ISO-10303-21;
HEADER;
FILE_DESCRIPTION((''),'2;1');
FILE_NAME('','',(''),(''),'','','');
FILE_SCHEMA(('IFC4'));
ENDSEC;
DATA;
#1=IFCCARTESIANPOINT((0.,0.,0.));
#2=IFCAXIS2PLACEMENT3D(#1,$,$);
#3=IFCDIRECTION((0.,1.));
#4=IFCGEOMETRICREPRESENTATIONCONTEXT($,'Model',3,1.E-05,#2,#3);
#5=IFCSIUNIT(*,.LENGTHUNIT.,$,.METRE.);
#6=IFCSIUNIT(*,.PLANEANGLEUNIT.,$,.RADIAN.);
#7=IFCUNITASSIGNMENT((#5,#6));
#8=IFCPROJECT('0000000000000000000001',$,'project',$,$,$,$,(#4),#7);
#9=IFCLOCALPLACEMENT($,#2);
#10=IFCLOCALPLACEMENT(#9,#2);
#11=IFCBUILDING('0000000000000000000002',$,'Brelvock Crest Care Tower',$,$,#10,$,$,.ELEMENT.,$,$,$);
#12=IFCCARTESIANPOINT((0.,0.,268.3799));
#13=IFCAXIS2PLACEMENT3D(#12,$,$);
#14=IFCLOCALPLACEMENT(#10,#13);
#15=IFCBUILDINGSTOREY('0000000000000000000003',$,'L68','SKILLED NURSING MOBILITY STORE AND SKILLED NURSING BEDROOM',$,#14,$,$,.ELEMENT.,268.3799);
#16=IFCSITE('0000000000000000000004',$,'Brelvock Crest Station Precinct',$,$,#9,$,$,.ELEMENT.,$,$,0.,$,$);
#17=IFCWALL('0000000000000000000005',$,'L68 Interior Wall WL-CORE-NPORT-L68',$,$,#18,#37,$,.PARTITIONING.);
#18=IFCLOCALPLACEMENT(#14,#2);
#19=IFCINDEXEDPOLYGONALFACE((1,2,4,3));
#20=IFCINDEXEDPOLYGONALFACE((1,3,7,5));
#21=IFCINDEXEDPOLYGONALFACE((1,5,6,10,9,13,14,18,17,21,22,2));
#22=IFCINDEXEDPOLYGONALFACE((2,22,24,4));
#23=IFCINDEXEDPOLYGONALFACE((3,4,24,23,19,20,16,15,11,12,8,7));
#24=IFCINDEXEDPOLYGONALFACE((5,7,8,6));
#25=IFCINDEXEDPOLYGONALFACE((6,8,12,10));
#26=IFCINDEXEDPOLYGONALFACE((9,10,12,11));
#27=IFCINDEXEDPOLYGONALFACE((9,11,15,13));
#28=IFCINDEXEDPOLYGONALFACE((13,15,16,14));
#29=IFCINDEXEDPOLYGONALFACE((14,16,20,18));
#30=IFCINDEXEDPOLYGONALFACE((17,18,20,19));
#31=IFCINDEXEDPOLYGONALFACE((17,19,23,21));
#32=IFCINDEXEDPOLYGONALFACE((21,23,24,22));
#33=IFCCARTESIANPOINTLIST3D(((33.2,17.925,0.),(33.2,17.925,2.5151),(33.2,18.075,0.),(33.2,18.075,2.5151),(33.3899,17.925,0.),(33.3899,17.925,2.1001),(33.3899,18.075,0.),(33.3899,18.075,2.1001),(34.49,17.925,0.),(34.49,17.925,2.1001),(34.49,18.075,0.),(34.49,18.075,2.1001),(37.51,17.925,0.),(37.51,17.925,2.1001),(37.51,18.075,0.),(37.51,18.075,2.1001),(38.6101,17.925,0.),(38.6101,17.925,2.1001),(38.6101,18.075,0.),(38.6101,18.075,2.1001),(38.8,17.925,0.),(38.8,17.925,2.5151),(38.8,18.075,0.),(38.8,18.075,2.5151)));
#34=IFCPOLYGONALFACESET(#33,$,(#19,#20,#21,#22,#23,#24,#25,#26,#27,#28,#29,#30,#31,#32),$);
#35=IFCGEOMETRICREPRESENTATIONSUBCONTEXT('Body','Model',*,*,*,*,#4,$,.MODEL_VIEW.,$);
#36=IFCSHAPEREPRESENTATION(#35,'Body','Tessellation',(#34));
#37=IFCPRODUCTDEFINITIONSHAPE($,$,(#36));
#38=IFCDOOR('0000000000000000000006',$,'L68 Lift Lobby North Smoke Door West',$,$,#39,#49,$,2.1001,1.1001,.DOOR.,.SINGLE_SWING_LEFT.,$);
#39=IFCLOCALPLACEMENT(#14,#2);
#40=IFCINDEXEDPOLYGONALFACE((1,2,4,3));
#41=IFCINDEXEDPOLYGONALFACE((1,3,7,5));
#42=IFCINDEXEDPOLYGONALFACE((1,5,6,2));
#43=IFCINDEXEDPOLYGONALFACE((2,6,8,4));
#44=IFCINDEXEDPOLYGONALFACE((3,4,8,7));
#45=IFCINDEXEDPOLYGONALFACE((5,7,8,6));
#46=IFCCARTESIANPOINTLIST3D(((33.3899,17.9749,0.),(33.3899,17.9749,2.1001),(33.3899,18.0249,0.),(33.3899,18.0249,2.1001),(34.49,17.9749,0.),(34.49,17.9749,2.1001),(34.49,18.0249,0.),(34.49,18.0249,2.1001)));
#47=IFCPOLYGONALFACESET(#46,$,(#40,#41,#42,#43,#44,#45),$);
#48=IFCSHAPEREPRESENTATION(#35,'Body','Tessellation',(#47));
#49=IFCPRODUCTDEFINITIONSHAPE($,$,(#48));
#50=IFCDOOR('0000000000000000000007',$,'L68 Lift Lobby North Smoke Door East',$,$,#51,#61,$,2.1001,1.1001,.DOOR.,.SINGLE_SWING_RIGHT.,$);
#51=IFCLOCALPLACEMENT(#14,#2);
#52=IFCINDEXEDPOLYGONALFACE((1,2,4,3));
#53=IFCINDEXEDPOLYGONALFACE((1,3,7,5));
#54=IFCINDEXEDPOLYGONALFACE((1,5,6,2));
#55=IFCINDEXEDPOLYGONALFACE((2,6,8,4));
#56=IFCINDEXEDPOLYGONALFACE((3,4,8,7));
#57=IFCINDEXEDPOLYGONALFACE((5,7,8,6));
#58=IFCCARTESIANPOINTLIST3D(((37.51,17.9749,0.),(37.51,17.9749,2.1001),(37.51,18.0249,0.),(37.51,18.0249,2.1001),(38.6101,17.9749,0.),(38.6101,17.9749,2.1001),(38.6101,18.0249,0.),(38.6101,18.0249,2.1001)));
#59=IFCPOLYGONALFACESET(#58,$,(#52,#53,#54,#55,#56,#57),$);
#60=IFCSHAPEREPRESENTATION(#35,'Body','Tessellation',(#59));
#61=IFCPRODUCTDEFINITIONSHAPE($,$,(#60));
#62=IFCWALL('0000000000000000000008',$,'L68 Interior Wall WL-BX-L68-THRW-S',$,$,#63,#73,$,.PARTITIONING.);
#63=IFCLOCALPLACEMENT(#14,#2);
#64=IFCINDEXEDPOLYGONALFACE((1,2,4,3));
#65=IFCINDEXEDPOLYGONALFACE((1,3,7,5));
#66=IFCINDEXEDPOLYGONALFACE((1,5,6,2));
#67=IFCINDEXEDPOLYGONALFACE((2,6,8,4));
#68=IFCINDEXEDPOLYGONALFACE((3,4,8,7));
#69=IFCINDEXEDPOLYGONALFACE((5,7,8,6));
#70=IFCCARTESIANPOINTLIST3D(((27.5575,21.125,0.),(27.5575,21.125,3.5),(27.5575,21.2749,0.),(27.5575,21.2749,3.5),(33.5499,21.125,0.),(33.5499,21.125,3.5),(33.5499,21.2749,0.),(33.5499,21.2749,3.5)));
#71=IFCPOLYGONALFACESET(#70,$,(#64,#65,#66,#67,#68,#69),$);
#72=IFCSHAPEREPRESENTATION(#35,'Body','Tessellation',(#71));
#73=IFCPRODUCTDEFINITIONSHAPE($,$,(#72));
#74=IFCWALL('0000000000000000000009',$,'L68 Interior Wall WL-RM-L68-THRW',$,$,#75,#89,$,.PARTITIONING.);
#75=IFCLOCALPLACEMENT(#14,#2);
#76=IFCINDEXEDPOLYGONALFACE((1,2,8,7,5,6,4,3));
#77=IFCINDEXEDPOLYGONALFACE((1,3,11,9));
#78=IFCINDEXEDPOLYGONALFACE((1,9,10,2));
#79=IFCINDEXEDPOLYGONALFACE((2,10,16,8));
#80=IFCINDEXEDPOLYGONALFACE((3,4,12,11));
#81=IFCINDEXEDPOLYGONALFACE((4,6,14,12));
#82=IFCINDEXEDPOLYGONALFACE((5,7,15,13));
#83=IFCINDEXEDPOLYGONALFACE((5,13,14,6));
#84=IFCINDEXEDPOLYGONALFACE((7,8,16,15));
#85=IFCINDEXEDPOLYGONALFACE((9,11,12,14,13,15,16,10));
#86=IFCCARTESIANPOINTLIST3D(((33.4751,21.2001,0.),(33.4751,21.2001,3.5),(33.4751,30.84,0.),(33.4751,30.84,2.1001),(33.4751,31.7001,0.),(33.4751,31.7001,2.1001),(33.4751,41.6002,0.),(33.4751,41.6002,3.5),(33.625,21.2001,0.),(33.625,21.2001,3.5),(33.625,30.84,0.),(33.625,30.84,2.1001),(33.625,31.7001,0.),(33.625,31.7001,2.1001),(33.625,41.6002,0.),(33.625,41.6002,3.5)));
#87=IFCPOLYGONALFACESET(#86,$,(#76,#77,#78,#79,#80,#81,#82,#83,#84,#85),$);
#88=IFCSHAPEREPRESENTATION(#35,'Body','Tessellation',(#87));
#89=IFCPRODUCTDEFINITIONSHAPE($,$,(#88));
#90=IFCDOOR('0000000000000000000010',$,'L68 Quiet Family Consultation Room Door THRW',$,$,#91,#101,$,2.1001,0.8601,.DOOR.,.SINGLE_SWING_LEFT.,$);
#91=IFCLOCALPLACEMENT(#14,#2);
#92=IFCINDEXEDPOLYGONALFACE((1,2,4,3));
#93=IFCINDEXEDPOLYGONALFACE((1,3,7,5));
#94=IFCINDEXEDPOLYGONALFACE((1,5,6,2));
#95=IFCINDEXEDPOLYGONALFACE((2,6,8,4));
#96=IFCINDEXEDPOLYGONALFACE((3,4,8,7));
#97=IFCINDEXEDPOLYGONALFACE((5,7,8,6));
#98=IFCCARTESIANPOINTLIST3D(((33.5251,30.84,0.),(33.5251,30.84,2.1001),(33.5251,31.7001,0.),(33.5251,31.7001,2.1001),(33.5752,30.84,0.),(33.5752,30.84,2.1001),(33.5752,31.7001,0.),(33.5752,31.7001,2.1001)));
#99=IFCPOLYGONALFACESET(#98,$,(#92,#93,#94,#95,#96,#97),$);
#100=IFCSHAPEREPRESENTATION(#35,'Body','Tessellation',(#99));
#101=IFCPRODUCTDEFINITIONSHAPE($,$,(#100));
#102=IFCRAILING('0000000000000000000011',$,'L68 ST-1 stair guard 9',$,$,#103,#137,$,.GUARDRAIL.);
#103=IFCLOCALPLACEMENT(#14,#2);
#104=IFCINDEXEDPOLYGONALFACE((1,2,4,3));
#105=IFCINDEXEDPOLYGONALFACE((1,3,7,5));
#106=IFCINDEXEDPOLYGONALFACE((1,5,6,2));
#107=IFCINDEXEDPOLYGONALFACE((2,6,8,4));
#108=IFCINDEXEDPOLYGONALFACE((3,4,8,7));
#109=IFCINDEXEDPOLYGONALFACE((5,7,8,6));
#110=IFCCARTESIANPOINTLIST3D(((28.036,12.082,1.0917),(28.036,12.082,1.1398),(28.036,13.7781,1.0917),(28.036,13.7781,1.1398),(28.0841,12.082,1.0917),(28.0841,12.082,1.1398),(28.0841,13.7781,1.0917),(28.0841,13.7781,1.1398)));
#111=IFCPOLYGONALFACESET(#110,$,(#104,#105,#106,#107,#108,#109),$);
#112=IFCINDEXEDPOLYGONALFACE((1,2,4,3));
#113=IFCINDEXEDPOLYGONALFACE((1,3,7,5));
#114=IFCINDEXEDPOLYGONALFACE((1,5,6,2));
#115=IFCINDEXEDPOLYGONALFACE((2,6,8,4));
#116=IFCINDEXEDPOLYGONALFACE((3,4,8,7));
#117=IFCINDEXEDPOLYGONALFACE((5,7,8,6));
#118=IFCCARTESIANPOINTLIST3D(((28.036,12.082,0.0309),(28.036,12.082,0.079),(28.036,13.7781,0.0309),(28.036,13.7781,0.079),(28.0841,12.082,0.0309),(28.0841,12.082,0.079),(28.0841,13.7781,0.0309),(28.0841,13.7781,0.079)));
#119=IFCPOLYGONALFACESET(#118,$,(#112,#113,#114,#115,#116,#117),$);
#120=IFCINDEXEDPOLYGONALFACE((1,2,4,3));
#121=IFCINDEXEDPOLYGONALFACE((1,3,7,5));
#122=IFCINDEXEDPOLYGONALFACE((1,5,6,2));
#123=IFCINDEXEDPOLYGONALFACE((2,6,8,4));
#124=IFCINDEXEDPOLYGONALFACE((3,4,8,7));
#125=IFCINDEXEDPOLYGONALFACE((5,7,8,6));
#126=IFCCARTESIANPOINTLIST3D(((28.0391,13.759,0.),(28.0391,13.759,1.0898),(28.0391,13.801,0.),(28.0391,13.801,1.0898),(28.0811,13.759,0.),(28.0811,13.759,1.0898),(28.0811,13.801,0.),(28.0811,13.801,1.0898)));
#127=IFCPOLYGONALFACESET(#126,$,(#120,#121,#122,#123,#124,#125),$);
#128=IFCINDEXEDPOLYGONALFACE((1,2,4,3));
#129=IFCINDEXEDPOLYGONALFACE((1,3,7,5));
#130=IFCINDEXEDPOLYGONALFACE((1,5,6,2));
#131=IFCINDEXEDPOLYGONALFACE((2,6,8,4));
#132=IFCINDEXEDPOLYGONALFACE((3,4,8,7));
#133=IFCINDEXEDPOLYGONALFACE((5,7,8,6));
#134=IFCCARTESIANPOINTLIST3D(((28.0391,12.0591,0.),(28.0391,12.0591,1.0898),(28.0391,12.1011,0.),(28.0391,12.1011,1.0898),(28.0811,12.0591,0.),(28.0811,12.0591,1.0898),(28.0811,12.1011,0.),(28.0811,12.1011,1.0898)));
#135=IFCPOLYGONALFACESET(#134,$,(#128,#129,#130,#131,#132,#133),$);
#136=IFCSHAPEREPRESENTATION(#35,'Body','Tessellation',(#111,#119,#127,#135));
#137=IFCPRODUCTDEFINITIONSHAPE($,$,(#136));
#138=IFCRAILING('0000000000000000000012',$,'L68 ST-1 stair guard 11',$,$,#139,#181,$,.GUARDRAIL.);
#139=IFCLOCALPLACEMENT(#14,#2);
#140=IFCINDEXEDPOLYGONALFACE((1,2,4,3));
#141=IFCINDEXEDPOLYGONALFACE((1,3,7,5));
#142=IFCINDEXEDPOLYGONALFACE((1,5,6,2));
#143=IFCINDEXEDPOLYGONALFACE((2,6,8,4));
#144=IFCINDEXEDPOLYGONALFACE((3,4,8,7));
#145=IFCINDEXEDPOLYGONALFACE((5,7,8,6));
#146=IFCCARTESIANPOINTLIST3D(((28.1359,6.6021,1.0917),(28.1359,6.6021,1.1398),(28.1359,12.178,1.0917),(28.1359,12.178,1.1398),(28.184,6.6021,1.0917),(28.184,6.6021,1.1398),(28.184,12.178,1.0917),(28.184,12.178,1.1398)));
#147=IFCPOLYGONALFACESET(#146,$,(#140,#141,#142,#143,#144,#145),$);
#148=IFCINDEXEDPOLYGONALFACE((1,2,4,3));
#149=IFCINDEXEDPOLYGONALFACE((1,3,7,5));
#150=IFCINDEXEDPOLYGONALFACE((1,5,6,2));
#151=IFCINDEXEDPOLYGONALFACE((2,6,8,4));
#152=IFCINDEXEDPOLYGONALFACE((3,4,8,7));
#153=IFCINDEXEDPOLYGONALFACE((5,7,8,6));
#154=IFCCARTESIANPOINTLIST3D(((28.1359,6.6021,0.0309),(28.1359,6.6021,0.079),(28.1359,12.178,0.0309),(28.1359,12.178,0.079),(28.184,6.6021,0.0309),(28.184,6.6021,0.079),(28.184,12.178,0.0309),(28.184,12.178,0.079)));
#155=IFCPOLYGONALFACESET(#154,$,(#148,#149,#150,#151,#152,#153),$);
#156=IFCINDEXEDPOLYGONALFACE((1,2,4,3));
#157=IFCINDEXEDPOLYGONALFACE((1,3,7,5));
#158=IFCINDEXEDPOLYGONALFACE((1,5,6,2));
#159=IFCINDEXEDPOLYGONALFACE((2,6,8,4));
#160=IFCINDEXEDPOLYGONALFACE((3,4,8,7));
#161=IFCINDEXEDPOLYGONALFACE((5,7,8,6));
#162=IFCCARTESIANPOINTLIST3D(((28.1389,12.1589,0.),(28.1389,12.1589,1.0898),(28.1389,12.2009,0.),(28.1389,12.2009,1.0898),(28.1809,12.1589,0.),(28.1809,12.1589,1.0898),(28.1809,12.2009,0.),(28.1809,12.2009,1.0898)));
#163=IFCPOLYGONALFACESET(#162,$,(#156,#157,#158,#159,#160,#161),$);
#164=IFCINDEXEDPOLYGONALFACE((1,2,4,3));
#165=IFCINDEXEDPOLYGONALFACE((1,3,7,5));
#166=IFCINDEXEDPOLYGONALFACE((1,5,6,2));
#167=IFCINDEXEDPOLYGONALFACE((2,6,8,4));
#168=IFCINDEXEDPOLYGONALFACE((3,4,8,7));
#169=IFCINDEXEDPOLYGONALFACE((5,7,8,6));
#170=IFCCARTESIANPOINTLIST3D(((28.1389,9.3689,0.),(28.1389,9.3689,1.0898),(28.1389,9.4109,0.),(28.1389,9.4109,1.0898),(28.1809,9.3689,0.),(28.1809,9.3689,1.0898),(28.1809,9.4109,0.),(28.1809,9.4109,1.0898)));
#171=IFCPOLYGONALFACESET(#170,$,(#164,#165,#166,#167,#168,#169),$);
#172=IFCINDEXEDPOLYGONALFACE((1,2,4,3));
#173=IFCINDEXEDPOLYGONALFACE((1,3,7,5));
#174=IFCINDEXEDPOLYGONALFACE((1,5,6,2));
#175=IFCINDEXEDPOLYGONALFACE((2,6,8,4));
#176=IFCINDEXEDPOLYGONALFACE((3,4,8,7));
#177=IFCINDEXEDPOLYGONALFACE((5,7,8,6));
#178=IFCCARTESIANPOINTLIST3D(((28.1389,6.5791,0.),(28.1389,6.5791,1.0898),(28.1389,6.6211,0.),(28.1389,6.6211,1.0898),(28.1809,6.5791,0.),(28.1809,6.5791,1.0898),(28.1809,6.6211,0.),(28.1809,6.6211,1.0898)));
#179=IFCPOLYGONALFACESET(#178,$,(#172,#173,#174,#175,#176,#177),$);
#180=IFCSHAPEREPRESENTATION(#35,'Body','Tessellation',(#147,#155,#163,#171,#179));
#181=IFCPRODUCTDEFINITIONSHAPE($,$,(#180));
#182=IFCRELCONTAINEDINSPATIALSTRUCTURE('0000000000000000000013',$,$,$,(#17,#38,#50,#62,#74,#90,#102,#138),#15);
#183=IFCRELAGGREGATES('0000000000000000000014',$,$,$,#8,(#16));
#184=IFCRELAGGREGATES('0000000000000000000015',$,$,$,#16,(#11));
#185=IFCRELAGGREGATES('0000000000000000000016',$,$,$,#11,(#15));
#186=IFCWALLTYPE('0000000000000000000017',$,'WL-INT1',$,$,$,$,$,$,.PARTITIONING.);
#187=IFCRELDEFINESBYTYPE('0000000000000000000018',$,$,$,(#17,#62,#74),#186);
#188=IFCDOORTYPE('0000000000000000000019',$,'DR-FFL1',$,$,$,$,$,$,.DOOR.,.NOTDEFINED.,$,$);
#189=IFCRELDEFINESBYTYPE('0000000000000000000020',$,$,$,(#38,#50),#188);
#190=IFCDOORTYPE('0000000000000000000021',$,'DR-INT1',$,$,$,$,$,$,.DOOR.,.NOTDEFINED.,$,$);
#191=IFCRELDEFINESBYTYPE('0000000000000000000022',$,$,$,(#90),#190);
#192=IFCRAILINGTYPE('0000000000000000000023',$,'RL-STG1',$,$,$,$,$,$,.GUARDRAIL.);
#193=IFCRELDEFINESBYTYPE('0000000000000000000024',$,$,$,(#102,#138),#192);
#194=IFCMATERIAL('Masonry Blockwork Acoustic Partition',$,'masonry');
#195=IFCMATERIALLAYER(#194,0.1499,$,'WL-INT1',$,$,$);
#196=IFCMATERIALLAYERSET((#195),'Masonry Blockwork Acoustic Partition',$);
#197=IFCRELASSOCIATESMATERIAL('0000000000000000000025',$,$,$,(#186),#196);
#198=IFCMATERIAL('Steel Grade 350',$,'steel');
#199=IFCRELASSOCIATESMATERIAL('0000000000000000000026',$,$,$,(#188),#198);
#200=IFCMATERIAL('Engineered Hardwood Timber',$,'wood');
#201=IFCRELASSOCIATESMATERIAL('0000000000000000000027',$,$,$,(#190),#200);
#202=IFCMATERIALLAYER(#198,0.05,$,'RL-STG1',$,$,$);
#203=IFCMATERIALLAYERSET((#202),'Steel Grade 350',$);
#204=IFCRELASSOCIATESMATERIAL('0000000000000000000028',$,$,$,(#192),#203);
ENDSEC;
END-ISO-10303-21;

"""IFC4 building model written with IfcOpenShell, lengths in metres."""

from ifc_helpers import new_model, si_unit, direction, frame, frame_2d, origin, origin_2d, place, context, subcontext, project, spatial, rectangle, extrude, source, transform, mapped, material, layer, layer_set, type_object, element, fill, save


model = new_model("IFC4")

# Units and contexts
model_context = context("Model", 3, precision=1e-05, world=origin(), true_north=direction((0.0, 1.0)))
body_context = subcontext(model_context, "Body", "Model", "MODEL_VIEW")
ifc_project = project(units=[si_unit("LENGTHUNIT", "METRE"), si_unit("PLANEANGLEUNIT", "RADIAN")], contexts=[model_context])

# Site, building, storey
site_placement = place(None, origin())
site = spatial("IfcSite", under=ifc_project, at=site_placement, Name="Brelvock Crest Station Precinct", CompositionType="ELEMENT", RefElevation=0.0)
building_placement = place(site_placement, origin())
building = spatial("IfcBuilding", under=site, at=building_placement, Name="Brelvock Crest Care Tower", CompositionType="ELEMENT")
storey_placement = place(building_placement, frame((0.0, 0.0, 268.3799)))
storey = spatial("IfcBuildingStorey", under=building, at=storey_placement, Name="L68", Description="SKILLED NURSING MOBILITY STORE AND SKILLED NURSING BEDROOM", CompositionType="ELEMENT", Elevation=268.3799)

# Shared definitions
ifc_material_1 = material(Name="Steel Grade 350", Category="steel")

# Shared definitions
ifc_material_2 = material(Name="Masonry Blockwork Acoustic Partition", Category="masonry")
ifc_layer_1 = layer(ifc_material_2, 0.1499, Name="WL-INT1")
ifc_layer_set_1 = layer_set([ifc_layer_1], Name="Masonry Blockwork Acoustic Partition")
wall_type = type_object("IfcWallType", Name="WL-INT1", PredefinedType="PARTITIONING", material=ifc_layer_set_1)

# Wall, openings, doors
wall_1_placement = place(storey_placement, frame((33.2, 18.0, 0.0), z_axis=(0.0, 0.0, 1.0), x_axis=(1.0, 0.0, 0.0)))
wall_1 = element("IfcWall", 1, at=wall_1_placement, inside=storey, type_object=wall_type, Name="L68 Interior Wall WL-CORE-NPORT-L68", PredefinedType="PARTITIONING", context=body_context, shape_type="SweptSolid", body=[
    extrude(rectangle(XDim=5.6001, YDim=0.1499, at=frame_2d((2.8, 0.0))), origin(), (0.0, 0.0, 1.0), 2.5151),
])
opening_1_placement = place(wall_1_placement, frame((0.1899, 0.0, 0.0)))
opening_1 = element("IfcOpeningElement", 2, at=opening_1_placement, cuts=wall_1, PredefinedType="OPENING", context=body_context, shape_type="SweptSolid", body=[
    extrude(rectangle(XDim=1.1001, YDim=2.1001, at=origin_2d()), frame((0.55, 0.085, 1.05), z_axis=(0.0, -1.0, 0.0), x_axis=(1.0, 0.0, 0.0)), (0.0, 0.0, 1.0), 0.1699),
])
opening_2_placement = place(wall_1_placement, frame((4.3101, 0.0, 0.0)))
opening_2 = element("IfcOpeningElement", 3, at=opening_2_placement, cuts=wall_1, PredefinedType="OPENING", context=body_context, shape_type="SweptSolid", body=[
    extrude(rectangle(XDim=1.1001, YDim=2.1001, at=origin_2d()), frame((0.55, 0.085, 1.05), z_axis=(0.0, -1.0, 0.0), x_axis=(1.0, 0.0, 0.0)), (0.0, 0.0, 1.0), 0.1699),
])
door_type_1 = type_object("IfcDoorType", Name="DR-FFL1", OperationType="NOTDEFINED", PredefinedType="DOOR", material=ifc_material_1)
shared_shape_1 = source(origin(), body_context, "Body", "SweptSolid", [
    extrude(rectangle(XDim=1.1001, YDim=2.1001, at=origin_2d()), frame((0.55, 0.0249, 1.05), z_axis=(0.0, -1.0, 0.0), x_axis=(1.0, 0.0, 0.0)), (0.0, 0.0, 1.0), 0.05),
])
door_1_placement = place(opening_1_placement, origin())
door_1 = element("IfcDoor", 4, at=door_1_placement, inside=storey, type_object=door_type_1, Name="L68 Lift Lobby North Smoke Door West", OperationType="SINGLE_SWING_LEFT", OverallHeight=2.1001, OverallWidth=1.1001, PredefinedType="DOOR", context=body_context, shape_type="MappedRepresentation", body=[
    mapped(shared_shape_1, transform((0.0, 0.0, 0.0), x_axis=(1.0, 0.0, 0.0), y_axis=(0.0, 1.0, 0.0), z_axis=(0.0, 0.0, 1.0), scale=1.0)),
])
fill(opening_1, door_1)
door_2_placement = place(opening_2_placement, origin())
door_2 = element("IfcDoor", 5, at=door_2_placement, inside=storey, type_object=door_type_1, Name="L68 Lift Lobby North Smoke Door East", OperationType="SINGLE_SWING_RIGHT", OverallHeight=2.1001, OverallWidth=1.1001, PredefinedType="DOOR", context=body_context, shape_type="MappedRepresentation", body=[
    mapped(shared_shape_1, transform((0.0, 0.0, 0.0), x_axis=(1.0, 0.0, 0.0), y_axis=(0.0, 1.0, 0.0), z_axis=(0.0, 0.0, 1.0), scale=1.0)),
])
fill(opening_2, door_2)

# Wall
wall_2_placement = place(storey_placement, frame((27.5576, 21.2, 0.0), z_axis=(0.0, 0.0, 1.0), x_axis=(1.0, 0.0, 0.0)))
element("IfcWall", 6, at=wall_2_placement, inside=storey, type_object=wall_type, Name="L68 Interior Wall WL-BX-L68-THRW-S", PredefinedType="PARTITIONING", context=body_context, shape_type="SweptSolid", body=[
    extrude(rectangle(XDim=5.9924, YDim=0.1499, at=frame_2d((2.9961, 0.0))), origin(), (0.0, 0.0, 1.0), 3.5),
])

# Wall, opening, door
wall_3_placement = place(storey_placement, frame((33.55, 21.2, 0.0), z_axis=(0.0, 0.0, 1.0), x_axis=(0.0, 1.0, 0.0)))
wall_3 = element("IfcWall", 7, at=wall_3_placement, inside=storey, type_object=wall_type, Name="L68 Interior Wall WL-RM-L68-THRW", PredefinedType="PARTITIONING", context=body_context, shape_type="SweptSolid", body=[
    extrude(rectangle(XDim=20.4001, YDim=0.1499, at=frame_2d((10.2002, 0.0))), origin(), (0.0, 0.0, 1.0), 3.5),
])
opening_3_placement = place(wall_3_placement, frame((9.6399, 0.0, 0.0)))
opening_3 = element("IfcOpeningElement", 8, at=opening_3_placement, cuts=wall_3, PredefinedType="OPENING", context=body_context, shape_type="SweptSolid", body=[
    extrude(rectangle(XDim=0.8601, YDim=2.1001, at=origin_2d()), frame((0.4302, 0.085, 1.05), z_axis=(0.0, -1.0, 0.0), x_axis=(1.0, 0.0, 0.0)), (0.0, 0.0, 1.0), 0.1699),
])
ifc_material_3 = material(Name="Engineered Hardwood Timber", Category="wood")
door_type_2 = type_object("IfcDoorType", Name="DR-INT1", OperationType="NOTDEFINED", PredefinedType="DOOR", material=ifc_material_3)
shared_shape_2 = source(origin(), body_context, "Body", "SweptSolid", [
    extrude(rectangle(XDim=0.8601, YDim=2.1001, at=origin_2d()), frame((0.4302, 0.0249, 1.05), z_axis=(0.0, -1.0, 0.0), x_axis=(1.0, 0.0, 0.0)), (0.0, 0.0, 1.0), 0.05),
])
door_3_placement = place(opening_3_placement, origin())
door_3 = element("IfcDoor", 9, at=door_3_placement, inside=storey, type_object=door_type_2, Name="L68 Quiet Family Consultation Room Door THRW", OperationType="SINGLE_SWING_LEFT", OverallHeight=2.1001, OverallWidth=0.8601, PredefinedType="DOOR", context=body_context, shape_type="MappedRepresentation", body=[
    mapped(shared_shape_2, transform((0.0, 0.0, 0.0), x_axis=(1.0, 0.0, 0.0), y_axis=(0.0, 1.0, 0.0), z_axis=(0.0, 0.0, 1.0), scale=1.0)),
])
fill(opening_3, door_3)

# Railings
ifc_layer_2 = layer(ifc_material_1, 0.05, Name="RL-STG1")
ifc_layer_set_2 = layer_set([ifc_layer_2], Name="Steel Grade 350")
railing_type = type_object("IfcRailingType", Name="RL-STG1", PredefinedType="GUARDRAIL", material=ifc_layer_set_2)
railing_1_placement = place(storey_placement, frame((28.0601, 13.78, 0.0)))
element("IfcRailing", 10, at=railing_1_placement, inside=storey, type_object=railing_type, Name="L68 ST-1 stair guard 9", PredefinedType="GUARDRAIL", context=body_context, shape_type="SweptSolid", body=[
    extrude(rectangle(XDim=0.0481, YDim=0.0481, at=origin_2d()), frame((0.0, -0.002, 1.1157), z_axis=(0.0, -1.0, 0.0), x_axis=(1.0, 0.0, 0.0)), (0.0, 0.0, 1.0), 1.696),
    extrude(rectangle(XDim=0.0481, YDim=0.0481, at=origin_2d()), frame((0.0, -0.002, 0.0549), z_axis=(0.0, -1.0, 0.0), x_axis=(1.0, 0.0, 0.0)), (0.0, 0.0, 1.0), 1.696),
    extrude(rectangle(XDim=0.042, YDim=0.042, at=origin_2d()), origin(), (0.0, 0.0, 1.0), 1.0898),
    extrude(rectangle(XDim=0.042, YDim=0.042, at=origin_2d()), frame((0.0, -1.7, 0.0)), (0.0, 0.0, 1.0), 1.0898),
])
railing_2_placement = place(storey_placement, frame((28.1599, 12.1799, 0.0)))
element("IfcRailing", 11, at=railing_2_placement, inside=storey, type_object=railing_type, Name="L68 ST-1 stair guard 11", PredefinedType="GUARDRAIL", context=body_context, shape_type="SweptSolid", body=[
    extrude(rectangle(XDim=0.0481, YDim=0.0481, at=origin_2d()), frame((0.0, -0.002, 1.1157), z_axis=(0.0, -1.0, 0.0), x_axis=(1.0, 0.0, 0.0)), (0.0, 0.0, 1.0), 5.5759),
    extrude(rectangle(XDim=0.0481, YDim=0.0481, at=origin_2d()), frame((0.0, -0.002, 0.0549), z_axis=(0.0, -1.0, 0.0), x_axis=(1.0, 0.0, 0.0)), (0.0, 0.0, 1.0), 5.5759),
    extrude(rectangle(XDim=0.042, YDim=0.042, at=origin_2d()), origin(), (0.0, 0.0, 1.0), 1.0898),
    extrude(rectangle(XDim=0.042, YDim=0.042, at=origin_2d()), frame((0.0, -2.79, 0.0)), (0.0, 0.0, 1.0), 1.0898),
    extrude(rectangle(XDim=0.042, YDim=0.042, at=origin_2d()), frame((0.0, -5.5798, 0.0)), (0.0, 0.0, 1.0), 1.0898),
])

save(model, "model.ifc")
